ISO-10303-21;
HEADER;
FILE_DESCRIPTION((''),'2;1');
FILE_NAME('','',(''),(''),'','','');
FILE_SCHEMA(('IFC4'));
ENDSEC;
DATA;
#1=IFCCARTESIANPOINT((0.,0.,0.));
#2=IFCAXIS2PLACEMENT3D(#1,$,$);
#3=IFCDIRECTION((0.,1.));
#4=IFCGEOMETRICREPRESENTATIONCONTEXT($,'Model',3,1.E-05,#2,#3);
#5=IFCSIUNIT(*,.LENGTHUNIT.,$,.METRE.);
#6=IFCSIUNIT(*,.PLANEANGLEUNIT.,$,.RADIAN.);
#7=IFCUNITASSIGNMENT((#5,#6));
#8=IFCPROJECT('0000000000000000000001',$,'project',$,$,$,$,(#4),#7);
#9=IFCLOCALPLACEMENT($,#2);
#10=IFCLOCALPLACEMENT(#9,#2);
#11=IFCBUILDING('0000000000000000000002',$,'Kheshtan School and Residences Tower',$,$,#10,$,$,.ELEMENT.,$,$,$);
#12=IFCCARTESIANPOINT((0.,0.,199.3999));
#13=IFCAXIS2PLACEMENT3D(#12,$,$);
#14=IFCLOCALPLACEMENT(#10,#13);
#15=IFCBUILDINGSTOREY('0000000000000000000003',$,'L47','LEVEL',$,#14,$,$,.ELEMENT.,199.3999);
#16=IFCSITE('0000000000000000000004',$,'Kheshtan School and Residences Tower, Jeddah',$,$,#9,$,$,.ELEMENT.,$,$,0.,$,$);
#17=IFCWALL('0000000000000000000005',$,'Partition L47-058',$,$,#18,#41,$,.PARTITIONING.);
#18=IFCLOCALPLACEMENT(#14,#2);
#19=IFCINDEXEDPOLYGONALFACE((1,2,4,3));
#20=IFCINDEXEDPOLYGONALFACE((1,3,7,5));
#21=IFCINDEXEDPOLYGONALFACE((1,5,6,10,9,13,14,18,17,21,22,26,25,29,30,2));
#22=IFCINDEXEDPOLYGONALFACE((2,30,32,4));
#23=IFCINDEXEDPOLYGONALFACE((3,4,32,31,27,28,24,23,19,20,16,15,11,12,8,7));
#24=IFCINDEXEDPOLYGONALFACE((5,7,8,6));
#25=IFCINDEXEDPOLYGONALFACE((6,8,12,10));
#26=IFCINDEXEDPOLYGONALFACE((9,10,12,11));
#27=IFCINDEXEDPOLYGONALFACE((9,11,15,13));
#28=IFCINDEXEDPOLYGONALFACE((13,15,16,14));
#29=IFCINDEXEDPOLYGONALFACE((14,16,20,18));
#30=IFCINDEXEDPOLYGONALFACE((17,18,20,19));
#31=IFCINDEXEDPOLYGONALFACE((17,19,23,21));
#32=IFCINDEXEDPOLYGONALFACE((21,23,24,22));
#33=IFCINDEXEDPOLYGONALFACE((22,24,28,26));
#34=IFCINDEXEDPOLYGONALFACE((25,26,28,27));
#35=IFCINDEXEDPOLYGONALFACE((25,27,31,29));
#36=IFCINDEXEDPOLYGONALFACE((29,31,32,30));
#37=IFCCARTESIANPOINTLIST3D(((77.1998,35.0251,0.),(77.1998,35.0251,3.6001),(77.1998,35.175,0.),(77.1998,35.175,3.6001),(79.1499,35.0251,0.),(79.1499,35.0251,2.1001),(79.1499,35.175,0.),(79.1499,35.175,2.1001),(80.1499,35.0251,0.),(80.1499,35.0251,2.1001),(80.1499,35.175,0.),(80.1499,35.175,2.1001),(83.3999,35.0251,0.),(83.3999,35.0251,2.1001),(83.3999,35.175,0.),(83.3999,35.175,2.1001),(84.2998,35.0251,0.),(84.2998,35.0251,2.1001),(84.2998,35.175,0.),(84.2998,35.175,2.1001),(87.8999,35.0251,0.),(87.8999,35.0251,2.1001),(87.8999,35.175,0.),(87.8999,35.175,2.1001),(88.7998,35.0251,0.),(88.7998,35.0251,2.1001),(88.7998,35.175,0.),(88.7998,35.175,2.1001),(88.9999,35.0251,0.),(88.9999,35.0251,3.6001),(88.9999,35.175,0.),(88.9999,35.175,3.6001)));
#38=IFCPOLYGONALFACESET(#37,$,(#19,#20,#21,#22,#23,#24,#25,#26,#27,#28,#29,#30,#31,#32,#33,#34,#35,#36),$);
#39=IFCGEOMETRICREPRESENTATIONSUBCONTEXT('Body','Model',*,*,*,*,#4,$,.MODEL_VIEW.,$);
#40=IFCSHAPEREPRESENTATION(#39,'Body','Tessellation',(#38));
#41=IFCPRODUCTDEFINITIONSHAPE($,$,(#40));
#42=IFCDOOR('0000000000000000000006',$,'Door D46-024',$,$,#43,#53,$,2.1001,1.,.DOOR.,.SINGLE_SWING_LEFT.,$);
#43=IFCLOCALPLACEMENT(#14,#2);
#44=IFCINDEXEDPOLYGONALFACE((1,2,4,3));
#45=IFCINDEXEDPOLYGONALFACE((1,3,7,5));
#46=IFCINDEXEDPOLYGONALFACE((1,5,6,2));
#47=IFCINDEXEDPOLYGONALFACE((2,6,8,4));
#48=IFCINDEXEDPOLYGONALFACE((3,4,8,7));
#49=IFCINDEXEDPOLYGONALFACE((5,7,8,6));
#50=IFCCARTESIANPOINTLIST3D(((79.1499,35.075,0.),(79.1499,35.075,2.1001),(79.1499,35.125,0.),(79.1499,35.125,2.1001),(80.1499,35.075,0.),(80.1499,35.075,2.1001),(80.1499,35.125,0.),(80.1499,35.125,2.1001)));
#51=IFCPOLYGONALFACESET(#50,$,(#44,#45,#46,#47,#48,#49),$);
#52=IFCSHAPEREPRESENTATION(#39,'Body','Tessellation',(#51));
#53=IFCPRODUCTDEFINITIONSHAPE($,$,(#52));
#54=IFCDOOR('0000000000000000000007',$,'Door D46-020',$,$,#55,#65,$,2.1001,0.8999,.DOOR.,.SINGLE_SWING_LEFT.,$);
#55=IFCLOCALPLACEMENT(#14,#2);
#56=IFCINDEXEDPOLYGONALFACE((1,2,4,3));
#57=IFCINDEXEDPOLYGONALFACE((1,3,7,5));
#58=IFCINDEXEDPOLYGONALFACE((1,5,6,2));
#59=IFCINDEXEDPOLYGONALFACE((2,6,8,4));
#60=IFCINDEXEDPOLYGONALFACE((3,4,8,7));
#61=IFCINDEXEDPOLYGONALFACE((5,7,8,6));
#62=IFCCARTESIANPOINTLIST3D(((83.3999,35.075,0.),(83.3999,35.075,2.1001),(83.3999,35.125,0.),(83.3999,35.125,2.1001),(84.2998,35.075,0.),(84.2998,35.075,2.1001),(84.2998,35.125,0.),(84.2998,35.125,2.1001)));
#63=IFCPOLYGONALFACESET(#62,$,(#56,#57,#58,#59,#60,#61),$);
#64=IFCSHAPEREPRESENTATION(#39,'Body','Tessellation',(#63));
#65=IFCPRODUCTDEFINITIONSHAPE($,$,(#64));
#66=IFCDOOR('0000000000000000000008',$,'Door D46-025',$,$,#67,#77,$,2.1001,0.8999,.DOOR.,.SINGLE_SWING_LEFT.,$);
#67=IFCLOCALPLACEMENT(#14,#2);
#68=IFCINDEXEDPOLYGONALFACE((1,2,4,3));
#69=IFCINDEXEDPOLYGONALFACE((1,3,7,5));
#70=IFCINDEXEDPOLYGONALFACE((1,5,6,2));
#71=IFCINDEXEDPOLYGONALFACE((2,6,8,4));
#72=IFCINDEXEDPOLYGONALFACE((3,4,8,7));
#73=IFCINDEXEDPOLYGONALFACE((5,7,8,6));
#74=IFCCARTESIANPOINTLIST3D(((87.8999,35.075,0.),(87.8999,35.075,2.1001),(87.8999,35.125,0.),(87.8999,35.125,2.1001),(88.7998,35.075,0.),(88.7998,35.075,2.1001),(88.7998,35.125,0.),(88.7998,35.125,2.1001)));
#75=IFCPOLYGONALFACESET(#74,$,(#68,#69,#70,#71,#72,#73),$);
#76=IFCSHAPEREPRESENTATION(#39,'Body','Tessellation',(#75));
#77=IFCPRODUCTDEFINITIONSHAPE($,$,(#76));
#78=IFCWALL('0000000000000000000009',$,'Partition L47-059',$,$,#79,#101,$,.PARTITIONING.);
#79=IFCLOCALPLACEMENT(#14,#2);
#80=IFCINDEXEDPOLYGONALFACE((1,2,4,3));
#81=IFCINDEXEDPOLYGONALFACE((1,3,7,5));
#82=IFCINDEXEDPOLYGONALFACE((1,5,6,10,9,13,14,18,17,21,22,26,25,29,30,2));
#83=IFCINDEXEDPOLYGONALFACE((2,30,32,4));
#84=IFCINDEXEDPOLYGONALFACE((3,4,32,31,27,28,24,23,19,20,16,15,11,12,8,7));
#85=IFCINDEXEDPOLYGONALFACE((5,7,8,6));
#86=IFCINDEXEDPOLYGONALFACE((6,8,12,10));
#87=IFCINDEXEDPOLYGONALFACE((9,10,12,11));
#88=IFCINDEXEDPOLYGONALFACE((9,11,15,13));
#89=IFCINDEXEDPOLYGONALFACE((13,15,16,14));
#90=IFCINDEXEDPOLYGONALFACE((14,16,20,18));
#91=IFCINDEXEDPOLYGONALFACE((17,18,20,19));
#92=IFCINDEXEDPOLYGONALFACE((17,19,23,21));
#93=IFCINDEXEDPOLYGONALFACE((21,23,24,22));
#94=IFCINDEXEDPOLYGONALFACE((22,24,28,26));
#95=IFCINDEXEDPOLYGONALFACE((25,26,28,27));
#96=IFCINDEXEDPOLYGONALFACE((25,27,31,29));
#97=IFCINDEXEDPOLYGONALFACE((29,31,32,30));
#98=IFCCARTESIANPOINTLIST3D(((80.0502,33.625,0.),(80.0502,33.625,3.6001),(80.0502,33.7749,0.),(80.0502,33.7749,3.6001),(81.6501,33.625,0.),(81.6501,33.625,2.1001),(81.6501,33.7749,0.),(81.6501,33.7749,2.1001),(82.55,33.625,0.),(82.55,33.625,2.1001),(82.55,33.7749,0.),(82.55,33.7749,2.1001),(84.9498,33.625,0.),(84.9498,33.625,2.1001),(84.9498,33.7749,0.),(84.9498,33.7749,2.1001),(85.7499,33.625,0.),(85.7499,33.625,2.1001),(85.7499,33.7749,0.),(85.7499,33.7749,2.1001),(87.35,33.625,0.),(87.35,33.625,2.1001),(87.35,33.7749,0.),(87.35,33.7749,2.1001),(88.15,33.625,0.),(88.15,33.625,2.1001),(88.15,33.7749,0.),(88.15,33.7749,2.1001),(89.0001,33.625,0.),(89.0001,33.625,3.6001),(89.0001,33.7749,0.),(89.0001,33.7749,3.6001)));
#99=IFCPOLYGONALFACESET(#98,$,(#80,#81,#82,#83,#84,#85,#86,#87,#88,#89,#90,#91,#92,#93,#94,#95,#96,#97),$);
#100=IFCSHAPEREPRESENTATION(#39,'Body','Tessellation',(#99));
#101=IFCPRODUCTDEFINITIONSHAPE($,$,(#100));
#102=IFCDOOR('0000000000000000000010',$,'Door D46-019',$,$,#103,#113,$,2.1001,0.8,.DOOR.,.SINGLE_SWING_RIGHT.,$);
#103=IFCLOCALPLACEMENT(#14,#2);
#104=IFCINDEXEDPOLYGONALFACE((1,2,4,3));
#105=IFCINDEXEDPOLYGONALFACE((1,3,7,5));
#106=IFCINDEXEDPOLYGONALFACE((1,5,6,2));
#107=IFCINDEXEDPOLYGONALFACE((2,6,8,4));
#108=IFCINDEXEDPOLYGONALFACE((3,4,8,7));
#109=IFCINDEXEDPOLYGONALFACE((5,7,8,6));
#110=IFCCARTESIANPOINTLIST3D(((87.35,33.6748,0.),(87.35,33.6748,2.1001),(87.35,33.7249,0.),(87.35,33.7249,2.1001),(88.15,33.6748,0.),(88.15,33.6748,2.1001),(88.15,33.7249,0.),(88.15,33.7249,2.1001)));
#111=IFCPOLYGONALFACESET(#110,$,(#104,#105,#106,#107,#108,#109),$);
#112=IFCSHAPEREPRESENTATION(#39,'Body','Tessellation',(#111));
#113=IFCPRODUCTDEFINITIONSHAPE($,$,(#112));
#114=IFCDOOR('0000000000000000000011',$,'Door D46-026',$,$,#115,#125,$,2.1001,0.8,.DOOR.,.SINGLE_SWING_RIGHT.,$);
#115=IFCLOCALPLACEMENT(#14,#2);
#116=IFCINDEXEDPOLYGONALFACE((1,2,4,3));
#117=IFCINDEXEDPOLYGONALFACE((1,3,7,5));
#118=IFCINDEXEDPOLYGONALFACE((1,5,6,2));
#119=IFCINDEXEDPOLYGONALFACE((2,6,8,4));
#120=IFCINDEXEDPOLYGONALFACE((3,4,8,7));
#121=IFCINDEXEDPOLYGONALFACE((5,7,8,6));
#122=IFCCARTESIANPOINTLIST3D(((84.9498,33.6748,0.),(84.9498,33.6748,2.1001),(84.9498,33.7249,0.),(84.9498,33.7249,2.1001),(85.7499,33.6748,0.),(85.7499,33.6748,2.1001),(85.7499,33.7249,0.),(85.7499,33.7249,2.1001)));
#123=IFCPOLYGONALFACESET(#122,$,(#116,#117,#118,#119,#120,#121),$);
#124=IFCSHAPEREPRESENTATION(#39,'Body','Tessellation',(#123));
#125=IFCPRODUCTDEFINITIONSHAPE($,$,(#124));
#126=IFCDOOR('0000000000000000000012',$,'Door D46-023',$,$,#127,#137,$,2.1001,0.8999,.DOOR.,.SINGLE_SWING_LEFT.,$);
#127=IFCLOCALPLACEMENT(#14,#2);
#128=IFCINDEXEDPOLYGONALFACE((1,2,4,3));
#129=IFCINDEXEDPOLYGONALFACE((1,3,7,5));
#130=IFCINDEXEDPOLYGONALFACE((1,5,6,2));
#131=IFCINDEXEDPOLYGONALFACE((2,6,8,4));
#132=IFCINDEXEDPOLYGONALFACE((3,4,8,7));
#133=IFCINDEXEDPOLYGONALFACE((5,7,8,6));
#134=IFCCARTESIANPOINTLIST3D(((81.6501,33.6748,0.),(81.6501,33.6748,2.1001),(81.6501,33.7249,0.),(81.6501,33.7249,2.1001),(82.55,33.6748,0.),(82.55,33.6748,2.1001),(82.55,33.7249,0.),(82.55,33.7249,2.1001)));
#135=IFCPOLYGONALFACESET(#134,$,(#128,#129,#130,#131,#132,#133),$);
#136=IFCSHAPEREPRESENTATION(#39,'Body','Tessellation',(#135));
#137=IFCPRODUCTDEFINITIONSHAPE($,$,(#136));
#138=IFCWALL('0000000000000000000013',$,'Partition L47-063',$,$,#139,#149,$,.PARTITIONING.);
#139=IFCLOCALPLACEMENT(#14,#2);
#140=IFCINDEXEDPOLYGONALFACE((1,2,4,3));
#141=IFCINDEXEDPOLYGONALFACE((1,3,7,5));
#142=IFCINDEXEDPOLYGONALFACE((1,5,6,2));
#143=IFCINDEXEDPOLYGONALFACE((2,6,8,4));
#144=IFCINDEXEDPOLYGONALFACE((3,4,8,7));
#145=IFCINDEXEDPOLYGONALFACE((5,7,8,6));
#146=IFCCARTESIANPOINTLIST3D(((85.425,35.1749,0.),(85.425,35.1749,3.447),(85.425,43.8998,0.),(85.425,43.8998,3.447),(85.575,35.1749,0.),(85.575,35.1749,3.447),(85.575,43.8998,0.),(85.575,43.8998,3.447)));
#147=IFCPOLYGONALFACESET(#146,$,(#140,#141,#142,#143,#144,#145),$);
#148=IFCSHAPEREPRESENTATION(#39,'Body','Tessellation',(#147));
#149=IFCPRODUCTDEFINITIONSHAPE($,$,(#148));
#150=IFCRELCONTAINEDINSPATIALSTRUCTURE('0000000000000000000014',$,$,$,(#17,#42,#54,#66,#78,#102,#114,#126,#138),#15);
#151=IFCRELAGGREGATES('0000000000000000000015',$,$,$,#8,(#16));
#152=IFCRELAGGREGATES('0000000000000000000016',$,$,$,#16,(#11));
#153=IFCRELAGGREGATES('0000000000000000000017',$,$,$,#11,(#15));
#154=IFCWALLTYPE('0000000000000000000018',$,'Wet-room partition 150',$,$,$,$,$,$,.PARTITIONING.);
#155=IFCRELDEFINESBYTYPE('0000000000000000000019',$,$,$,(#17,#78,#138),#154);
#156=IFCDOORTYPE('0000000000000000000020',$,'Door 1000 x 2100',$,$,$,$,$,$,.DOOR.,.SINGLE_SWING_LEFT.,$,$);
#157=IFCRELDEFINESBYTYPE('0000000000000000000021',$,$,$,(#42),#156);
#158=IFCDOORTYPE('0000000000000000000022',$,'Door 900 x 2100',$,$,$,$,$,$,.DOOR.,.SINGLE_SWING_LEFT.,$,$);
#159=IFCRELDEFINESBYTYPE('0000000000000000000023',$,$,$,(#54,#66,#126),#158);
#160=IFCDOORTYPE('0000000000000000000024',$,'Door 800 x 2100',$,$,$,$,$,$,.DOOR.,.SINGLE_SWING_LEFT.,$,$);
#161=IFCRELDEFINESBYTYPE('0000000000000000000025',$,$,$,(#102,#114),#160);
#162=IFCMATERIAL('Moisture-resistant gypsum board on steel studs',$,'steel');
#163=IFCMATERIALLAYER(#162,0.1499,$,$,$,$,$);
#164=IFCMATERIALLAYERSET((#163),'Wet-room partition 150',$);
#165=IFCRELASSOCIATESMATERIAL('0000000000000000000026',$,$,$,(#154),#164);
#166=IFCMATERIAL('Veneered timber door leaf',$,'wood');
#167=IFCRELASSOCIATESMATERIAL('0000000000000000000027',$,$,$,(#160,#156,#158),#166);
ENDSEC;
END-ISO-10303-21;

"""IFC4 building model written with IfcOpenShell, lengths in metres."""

from ifc_helpers import new_model, si_unit, direction, frame, frame_2d, origin, place, context, subcontext, project, spatial, rectangle, extrude, source, transform, mapped, material, layer, layer_set, type_object, element, fill, save


model = new_model("IFC4")

# Units and contexts
model_context = context("Model", 3, precision=1e-05, world=origin(), true_north=direction((0.0, 1.0)))
body_context = subcontext(model_context, "Body", "Model", "MODEL_VIEW")
ifc_project = project(units=[si_unit("LENGTHUNIT", "METRE"), si_unit("PLANEANGLEUNIT", "RADIAN")], contexts=[model_context])

# Site, building, storey
site_placement = place(None, origin())
site = spatial("IfcSite", under=ifc_project, at=site_placement, Name="Kheshtan School and Residences Tower, Jeddah", CompositionType="ELEMENT", RefElevation=0.0)
building_placement = place(site_placement, origin())
building = spatial("IfcBuilding", under=site, at=building_placement, Name="Kheshtan School and Residences Tower", CompositionType="ELEMENT")
storey_placement = place(building_placement, frame((0.0, 0.0, 199.3999)))
storey = spatial("IfcBuildingStorey", under=building, at=storey_placement, Name="L47", Description="LEVEL", CompositionType="ELEMENT", Elevation=199.3999)

# Shared definitions
ifc_material_1 = material(Name="Moisture-resistant gypsum board on steel studs", Category="steel")
ifc_layer_1 = layer(ifc_material_1, 0.1499)
ifc_layer_set_1 = layer_set([ifc_layer_1], Name="Wet-room partition 150")
wall_type_1 = type_object("IfcWallType", Name="Wet-room partition 150", PredefinedType="PARTITIONING", material=ifc_layer_set_1)
ifc_material_2 = material(Name="Veneered timber door leaf", Category="wood")
door_type_1 = type_object("IfcDoorType", Name="Door 800 x 2100", OperationType="SINGLE_SWING_LEFT", PredefinedType="DOOR", material=ifc_material_2)
shared_shape_1 = source(origin(), body_context, "Body", "SweptSolid", [
    extrude(rectangle(XDim=0.8, YDim=2.1001, at=frame_2d((0.3999, 1.05))), frame((0.0, 0.0249, 0.0), z_axis=(0.0, -1.0, 0.0), x_axis=(1.0, 0.0, 0.0)), (0.0, 0.0, 1.0), 0.05),
])

# Walls, openings, doors
wall_1_placement = place(storey_placement, frame((77.2, 35.1001, 0.0), z_axis=(0.0, 0.0, 1.0), x_axis=(1.0, 0.0, 0.0)))
wall_1 = element("IfcWall", 1, at=wall_1_placement, inside=storey, type_object=wall_type_1, Name="Partition L47-058", PredefinedType="PARTITIONING", context=body_context, shape_type="SweptSolid", body=[
    extrude(rectangle(XDim=11.8, YDim=0.1499, at=frame_2d((5.8999, 0.0))), origin(), (0.0, 0.0, 1.0), 3.6001),
])
opening_1_placement = place(wall_1_placement, frame((6.2, 0.0, 0.0)))
opening_1 = element("IfcOpeningElement", 2, at=opening_1_placement, cuts=wall_1, PredefinedType="OPENING", context=body_context, shape_type="SweptSolid", body=[
    extrude(rectangle(XDim=0.8999, YDim=2.1001, at=frame_2d((0.45, 1.05))), frame((0.0, 0.085, 0.0), z_axis=(0.0, -1.0, 0.0), x_axis=(1.0, 0.0, 0.0)), (0.0, 0.0, 1.0), 0.1699),
])
opening_2_placement = place(wall_1_placement, frame((1.95, 0.0, 0.0)))
opening_2 = element("IfcOpeningElement", 3, at=opening_2_placement, cuts=wall_1, PredefinedType="OPENING", context=body_context, shape_type="SweptSolid", body=[
    extrude(rectangle(XDim=1.0, YDim=2.1001, at=frame_2d((0.5, 1.05))), frame((0.0, 0.085, 0.0), z_axis=(0.0, -1.0, 0.0), x_axis=(1.0, 0.0, 0.0)), (0.0, 0.0, 1.0), 0.1699),
])
opening_3_placement = place(wall_1_placement, frame((10.7, 0.0, 0.0)))
opening_3 = element("IfcOpeningElement", 4, at=opening_3_placement, cuts=wall_1, PredefinedType="OPENING", context=body_context, shape_type="SweptSolid", body=[
    extrude(rectangle(XDim=0.8999, YDim=2.1001, at=frame_2d((0.45, 1.05))), frame((0.0, 0.085, 0.0), z_axis=(0.0, -1.0, 0.0), x_axis=(1.0, 0.0, 0.0)), (0.0, 0.0, 1.0), 0.1699),
])
door_type_2 = type_object("IfcDoorType", Name="Door 1000 x 2100", OperationType="SINGLE_SWING_LEFT", PredefinedType="DOOR", material=ifc_material_2)
shared_shape_2 = source(origin(), body_context, "Body", "SweptSolid", [
    extrude(rectangle(XDim=1.0, YDim=2.1001, at=frame_2d((0.5, 1.05))), frame((0.0, 0.0249, 0.0), z_axis=(0.0, -1.0, 0.0), x_axis=(1.0, 0.0, 0.0)), (0.0, 0.0, 1.0), 0.05),
])
door_1_placement = place(opening_2_placement, origin())
door_1 = element("IfcDoor", 5, at=door_1_placement, inside=storey, type_object=door_type_2, Name="Door D46-024", OperationType="SINGLE_SWING_LEFT", OverallHeight=2.1001, OverallWidth=1.0, PredefinedType="DOOR", context=body_context, shape_type="MappedRepresentation", body=[
    mapped(shared_shape_2, transform((0.0, 0.0, 0.0), x_axis=(1.0, 0.0, 0.0), y_axis=(0.0, 1.0, 0.0), z_axis=(0.0, 0.0, 1.0), scale=1.0)),
])
fill(opening_2, door_1)
door_type_3 = type_object("IfcDoorType", Name="Door 900 x 2100", OperationType="SINGLE_SWING_LEFT", PredefinedType="DOOR", material=ifc_material_2)
shared_shape_3 = source(origin(), body_context, "Body", "SweptSolid", [
    extrude(rectangle(XDim=0.8999, YDim=2.1001, at=frame_2d((0.45, 1.05))), frame((0.0, 0.0249, 0.0), z_axis=(0.0, -1.0, 0.0), x_axis=(1.0, 0.0, 0.0)), (0.0, 0.0, 1.0), 0.05),
])
door_2_placement = place(opening_1_placement, origin())
door_2 = element("IfcDoor", 6, at=door_2_placement, inside=storey, type_object=door_type_3, Name="Door D46-020", OperationType="SINGLE_SWING_LEFT", OverallHeight=2.1001, OverallWidth=0.8999, PredefinedType="DOOR", context=body_context, shape_type="MappedRepresentation", body=[
    mapped(shared_shape_3, transform((0.0, 0.0, 0.0), x_axis=(1.0, 0.0, 0.0), y_axis=(0.0, 1.0, 0.0), z_axis=(0.0, 0.0, 1.0), scale=1.0)),
])
fill(opening_1, door_2)
door_3_placement = place(opening_3_placement, origin())
door_3 = element("IfcDoor", 7, at=door_3_placement, inside=storey, type_object=door_type_3, Name="Door D46-025", OperationType="SINGLE_SWING_LEFT", OverallHeight=2.1001, OverallWidth=0.8999, PredefinedType="DOOR", context=body_context, shape_type="MappedRepresentation", body=[
    mapped(shared_shape_3, transform((0.0, 0.0, 0.0), x_axis=(1.0, 0.0, 0.0), y_axis=(0.0, 1.0, 0.0), z_axis=(0.0, 0.0, 1.0), scale=1.0)),
])
fill(opening_3, door_3)
wall_2_placement = place(storey_placement, frame((80.05, 33.7, 0.0), z_axis=(0.0, 0.0, 1.0), x_axis=(1.0, 0.0, 0.0)))
wall_2 = element("IfcWall", 8, at=wall_2_placement, inside=storey, type_object=wall_type_1, Name="Partition L47-059", PredefinedType="PARTITIONING", context=body_context, shape_type="SweptSolid", body=[
    extrude(rectangle(XDim=8.95, YDim=0.1499, at=frame_2d((4.4751, 0.0))), origin(), (0.0, 0.0, 1.0), 3.6001),
])
opening_4_placement = place(wall_2_placement, frame((7.3, 0.0, 0.0)))
opening_4 = element("IfcOpeningElement", 9, at=opening_4_placement, cuts=wall_2, PredefinedType="OPENING", context=body_context, shape_type="SweptSolid", body=[
    extrude(rectangle(XDim=0.8, YDim=2.1001, at=frame_2d((0.3999, 1.05))), frame((0.0, 0.085, 0.0), z_axis=(0.0, -1.0, 0.0), x_axis=(1.0, 0.0, 0.0)), (0.0, 0.0, 1.0), 0.1699),
])
opening_5_placement = place(wall_2_placement, frame((1.6001, 0.0, 0.0)))
opening_5 = element("IfcOpeningElement", 10, at=opening_5_placement, cuts=wall_2, PredefinedType="OPENING", context=body_context, shape_type="SweptSolid", body=[
    extrude(rectangle(XDim=0.8999, YDim=2.1001, at=frame_2d((0.45, 1.05))), frame((0.0, 0.085, 0.0), z_axis=(0.0, -1.0, 0.0), x_axis=(1.0, 0.0, 0.0)), (0.0, 0.0, 1.0), 0.1699),
])
opening_6_placement = place(wall_2_placement, frame((4.8999, 0.0, 0.0)))
opening_6 = element("IfcOpeningElement", 11, at=opening_6_placement, cuts=wall_2, PredefinedType="OPENING", context=body_context, shape_type="SweptSolid", body=[
    extrude(rectangle(XDim=0.8, YDim=2.1001, at=frame_2d((0.3999, 1.05))), frame((0.0, 0.085, 0.0), z_axis=(0.0, -1.0, 0.0), x_axis=(1.0, 0.0, 0.0)), (0.0, 0.0, 1.0), 0.1699),
])
door_4_placement = place(opening_4_placement, origin())
door_4 = element("IfcDoor", 12, at=door_4_placement, inside=storey, type_object=door_type_1, Name="Door D46-019", OperationType="SINGLE_SWING_RIGHT", OverallHeight=2.1001, OverallWidth=0.8, PredefinedType="DOOR", context=body_context, shape_type="MappedRepresentation", body=[
    mapped(shared_shape_1, transform((0.0, 0.0, 0.0), x_axis=(1.0, 0.0, 0.0), y_axis=(0.0, 1.0, 0.0), z_axis=(0.0, 0.0, 1.0), scale=1.0)),
])
fill(opening_4, door_4)
door_5_placement = place(opening_6_placement, origin())
door_5 = element("IfcDoor", 13, at=door_5_placement, inside=storey, type_object=door_type_1, Name="Door D46-026", OperationType="SINGLE_SWING_RIGHT", OverallHeight=2.1001, OverallWidth=0.8, PredefinedType="DOOR", context=body_context, shape_type="MappedRepresentation", body=[
    mapped(shared_shape_1, transform((0.0, 0.0, 0.0), x_axis=(1.0, 0.0, 0.0), y_axis=(0.0, 1.0, 0.0), z_axis=(0.0, 0.0, 1.0), scale=1.0)),
])
fill(opening_6, door_5)
door_6_placement = place(opening_5_placement, origin())
door_6 = element("IfcDoor", 14, at=door_6_placement, inside=storey, type_object=door_type_3, Name="Door D46-023", OperationType="SINGLE_SWING_LEFT", OverallHeight=2.1001, OverallWidth=0.8999, PredefinedType="DOOR", context=body_context, shape_type="MappedRepresentation", body=[
    mapped(shared_shape_3, transform((0.0, 0.0, 0.0), x_axis=(1.0, 0.0, 0.0), y_axis=(0.0, 1.0, 0.0), z_axis=(0.0, 0.0, 1.0), scale=1.0)),
])
fill(opening_5, door_6)

# Wall
wall_3_placement = place(storey_placement, frame((85.5, 35.175, 0.0), z_axis=(0.0, 0.0, 1.0), x_axis=(0.0, 1.0, 0.0)))
element("IfcWall", 15, at=wall_3_placement, inside=storey, type_object=wall_type_1, Name="Partition L47-063", PredefinedType="PARTITIONING", context=body_context, shape_type="SweptSolid", body=[
    extrude(rectangle(XDim=8.7249, YDim=0.1499, at=frame_2d((4.3623, 0.0))), origin(), (0.0, 0.0, 1.0), 3.447),
])

save(model, "model.ifc")
